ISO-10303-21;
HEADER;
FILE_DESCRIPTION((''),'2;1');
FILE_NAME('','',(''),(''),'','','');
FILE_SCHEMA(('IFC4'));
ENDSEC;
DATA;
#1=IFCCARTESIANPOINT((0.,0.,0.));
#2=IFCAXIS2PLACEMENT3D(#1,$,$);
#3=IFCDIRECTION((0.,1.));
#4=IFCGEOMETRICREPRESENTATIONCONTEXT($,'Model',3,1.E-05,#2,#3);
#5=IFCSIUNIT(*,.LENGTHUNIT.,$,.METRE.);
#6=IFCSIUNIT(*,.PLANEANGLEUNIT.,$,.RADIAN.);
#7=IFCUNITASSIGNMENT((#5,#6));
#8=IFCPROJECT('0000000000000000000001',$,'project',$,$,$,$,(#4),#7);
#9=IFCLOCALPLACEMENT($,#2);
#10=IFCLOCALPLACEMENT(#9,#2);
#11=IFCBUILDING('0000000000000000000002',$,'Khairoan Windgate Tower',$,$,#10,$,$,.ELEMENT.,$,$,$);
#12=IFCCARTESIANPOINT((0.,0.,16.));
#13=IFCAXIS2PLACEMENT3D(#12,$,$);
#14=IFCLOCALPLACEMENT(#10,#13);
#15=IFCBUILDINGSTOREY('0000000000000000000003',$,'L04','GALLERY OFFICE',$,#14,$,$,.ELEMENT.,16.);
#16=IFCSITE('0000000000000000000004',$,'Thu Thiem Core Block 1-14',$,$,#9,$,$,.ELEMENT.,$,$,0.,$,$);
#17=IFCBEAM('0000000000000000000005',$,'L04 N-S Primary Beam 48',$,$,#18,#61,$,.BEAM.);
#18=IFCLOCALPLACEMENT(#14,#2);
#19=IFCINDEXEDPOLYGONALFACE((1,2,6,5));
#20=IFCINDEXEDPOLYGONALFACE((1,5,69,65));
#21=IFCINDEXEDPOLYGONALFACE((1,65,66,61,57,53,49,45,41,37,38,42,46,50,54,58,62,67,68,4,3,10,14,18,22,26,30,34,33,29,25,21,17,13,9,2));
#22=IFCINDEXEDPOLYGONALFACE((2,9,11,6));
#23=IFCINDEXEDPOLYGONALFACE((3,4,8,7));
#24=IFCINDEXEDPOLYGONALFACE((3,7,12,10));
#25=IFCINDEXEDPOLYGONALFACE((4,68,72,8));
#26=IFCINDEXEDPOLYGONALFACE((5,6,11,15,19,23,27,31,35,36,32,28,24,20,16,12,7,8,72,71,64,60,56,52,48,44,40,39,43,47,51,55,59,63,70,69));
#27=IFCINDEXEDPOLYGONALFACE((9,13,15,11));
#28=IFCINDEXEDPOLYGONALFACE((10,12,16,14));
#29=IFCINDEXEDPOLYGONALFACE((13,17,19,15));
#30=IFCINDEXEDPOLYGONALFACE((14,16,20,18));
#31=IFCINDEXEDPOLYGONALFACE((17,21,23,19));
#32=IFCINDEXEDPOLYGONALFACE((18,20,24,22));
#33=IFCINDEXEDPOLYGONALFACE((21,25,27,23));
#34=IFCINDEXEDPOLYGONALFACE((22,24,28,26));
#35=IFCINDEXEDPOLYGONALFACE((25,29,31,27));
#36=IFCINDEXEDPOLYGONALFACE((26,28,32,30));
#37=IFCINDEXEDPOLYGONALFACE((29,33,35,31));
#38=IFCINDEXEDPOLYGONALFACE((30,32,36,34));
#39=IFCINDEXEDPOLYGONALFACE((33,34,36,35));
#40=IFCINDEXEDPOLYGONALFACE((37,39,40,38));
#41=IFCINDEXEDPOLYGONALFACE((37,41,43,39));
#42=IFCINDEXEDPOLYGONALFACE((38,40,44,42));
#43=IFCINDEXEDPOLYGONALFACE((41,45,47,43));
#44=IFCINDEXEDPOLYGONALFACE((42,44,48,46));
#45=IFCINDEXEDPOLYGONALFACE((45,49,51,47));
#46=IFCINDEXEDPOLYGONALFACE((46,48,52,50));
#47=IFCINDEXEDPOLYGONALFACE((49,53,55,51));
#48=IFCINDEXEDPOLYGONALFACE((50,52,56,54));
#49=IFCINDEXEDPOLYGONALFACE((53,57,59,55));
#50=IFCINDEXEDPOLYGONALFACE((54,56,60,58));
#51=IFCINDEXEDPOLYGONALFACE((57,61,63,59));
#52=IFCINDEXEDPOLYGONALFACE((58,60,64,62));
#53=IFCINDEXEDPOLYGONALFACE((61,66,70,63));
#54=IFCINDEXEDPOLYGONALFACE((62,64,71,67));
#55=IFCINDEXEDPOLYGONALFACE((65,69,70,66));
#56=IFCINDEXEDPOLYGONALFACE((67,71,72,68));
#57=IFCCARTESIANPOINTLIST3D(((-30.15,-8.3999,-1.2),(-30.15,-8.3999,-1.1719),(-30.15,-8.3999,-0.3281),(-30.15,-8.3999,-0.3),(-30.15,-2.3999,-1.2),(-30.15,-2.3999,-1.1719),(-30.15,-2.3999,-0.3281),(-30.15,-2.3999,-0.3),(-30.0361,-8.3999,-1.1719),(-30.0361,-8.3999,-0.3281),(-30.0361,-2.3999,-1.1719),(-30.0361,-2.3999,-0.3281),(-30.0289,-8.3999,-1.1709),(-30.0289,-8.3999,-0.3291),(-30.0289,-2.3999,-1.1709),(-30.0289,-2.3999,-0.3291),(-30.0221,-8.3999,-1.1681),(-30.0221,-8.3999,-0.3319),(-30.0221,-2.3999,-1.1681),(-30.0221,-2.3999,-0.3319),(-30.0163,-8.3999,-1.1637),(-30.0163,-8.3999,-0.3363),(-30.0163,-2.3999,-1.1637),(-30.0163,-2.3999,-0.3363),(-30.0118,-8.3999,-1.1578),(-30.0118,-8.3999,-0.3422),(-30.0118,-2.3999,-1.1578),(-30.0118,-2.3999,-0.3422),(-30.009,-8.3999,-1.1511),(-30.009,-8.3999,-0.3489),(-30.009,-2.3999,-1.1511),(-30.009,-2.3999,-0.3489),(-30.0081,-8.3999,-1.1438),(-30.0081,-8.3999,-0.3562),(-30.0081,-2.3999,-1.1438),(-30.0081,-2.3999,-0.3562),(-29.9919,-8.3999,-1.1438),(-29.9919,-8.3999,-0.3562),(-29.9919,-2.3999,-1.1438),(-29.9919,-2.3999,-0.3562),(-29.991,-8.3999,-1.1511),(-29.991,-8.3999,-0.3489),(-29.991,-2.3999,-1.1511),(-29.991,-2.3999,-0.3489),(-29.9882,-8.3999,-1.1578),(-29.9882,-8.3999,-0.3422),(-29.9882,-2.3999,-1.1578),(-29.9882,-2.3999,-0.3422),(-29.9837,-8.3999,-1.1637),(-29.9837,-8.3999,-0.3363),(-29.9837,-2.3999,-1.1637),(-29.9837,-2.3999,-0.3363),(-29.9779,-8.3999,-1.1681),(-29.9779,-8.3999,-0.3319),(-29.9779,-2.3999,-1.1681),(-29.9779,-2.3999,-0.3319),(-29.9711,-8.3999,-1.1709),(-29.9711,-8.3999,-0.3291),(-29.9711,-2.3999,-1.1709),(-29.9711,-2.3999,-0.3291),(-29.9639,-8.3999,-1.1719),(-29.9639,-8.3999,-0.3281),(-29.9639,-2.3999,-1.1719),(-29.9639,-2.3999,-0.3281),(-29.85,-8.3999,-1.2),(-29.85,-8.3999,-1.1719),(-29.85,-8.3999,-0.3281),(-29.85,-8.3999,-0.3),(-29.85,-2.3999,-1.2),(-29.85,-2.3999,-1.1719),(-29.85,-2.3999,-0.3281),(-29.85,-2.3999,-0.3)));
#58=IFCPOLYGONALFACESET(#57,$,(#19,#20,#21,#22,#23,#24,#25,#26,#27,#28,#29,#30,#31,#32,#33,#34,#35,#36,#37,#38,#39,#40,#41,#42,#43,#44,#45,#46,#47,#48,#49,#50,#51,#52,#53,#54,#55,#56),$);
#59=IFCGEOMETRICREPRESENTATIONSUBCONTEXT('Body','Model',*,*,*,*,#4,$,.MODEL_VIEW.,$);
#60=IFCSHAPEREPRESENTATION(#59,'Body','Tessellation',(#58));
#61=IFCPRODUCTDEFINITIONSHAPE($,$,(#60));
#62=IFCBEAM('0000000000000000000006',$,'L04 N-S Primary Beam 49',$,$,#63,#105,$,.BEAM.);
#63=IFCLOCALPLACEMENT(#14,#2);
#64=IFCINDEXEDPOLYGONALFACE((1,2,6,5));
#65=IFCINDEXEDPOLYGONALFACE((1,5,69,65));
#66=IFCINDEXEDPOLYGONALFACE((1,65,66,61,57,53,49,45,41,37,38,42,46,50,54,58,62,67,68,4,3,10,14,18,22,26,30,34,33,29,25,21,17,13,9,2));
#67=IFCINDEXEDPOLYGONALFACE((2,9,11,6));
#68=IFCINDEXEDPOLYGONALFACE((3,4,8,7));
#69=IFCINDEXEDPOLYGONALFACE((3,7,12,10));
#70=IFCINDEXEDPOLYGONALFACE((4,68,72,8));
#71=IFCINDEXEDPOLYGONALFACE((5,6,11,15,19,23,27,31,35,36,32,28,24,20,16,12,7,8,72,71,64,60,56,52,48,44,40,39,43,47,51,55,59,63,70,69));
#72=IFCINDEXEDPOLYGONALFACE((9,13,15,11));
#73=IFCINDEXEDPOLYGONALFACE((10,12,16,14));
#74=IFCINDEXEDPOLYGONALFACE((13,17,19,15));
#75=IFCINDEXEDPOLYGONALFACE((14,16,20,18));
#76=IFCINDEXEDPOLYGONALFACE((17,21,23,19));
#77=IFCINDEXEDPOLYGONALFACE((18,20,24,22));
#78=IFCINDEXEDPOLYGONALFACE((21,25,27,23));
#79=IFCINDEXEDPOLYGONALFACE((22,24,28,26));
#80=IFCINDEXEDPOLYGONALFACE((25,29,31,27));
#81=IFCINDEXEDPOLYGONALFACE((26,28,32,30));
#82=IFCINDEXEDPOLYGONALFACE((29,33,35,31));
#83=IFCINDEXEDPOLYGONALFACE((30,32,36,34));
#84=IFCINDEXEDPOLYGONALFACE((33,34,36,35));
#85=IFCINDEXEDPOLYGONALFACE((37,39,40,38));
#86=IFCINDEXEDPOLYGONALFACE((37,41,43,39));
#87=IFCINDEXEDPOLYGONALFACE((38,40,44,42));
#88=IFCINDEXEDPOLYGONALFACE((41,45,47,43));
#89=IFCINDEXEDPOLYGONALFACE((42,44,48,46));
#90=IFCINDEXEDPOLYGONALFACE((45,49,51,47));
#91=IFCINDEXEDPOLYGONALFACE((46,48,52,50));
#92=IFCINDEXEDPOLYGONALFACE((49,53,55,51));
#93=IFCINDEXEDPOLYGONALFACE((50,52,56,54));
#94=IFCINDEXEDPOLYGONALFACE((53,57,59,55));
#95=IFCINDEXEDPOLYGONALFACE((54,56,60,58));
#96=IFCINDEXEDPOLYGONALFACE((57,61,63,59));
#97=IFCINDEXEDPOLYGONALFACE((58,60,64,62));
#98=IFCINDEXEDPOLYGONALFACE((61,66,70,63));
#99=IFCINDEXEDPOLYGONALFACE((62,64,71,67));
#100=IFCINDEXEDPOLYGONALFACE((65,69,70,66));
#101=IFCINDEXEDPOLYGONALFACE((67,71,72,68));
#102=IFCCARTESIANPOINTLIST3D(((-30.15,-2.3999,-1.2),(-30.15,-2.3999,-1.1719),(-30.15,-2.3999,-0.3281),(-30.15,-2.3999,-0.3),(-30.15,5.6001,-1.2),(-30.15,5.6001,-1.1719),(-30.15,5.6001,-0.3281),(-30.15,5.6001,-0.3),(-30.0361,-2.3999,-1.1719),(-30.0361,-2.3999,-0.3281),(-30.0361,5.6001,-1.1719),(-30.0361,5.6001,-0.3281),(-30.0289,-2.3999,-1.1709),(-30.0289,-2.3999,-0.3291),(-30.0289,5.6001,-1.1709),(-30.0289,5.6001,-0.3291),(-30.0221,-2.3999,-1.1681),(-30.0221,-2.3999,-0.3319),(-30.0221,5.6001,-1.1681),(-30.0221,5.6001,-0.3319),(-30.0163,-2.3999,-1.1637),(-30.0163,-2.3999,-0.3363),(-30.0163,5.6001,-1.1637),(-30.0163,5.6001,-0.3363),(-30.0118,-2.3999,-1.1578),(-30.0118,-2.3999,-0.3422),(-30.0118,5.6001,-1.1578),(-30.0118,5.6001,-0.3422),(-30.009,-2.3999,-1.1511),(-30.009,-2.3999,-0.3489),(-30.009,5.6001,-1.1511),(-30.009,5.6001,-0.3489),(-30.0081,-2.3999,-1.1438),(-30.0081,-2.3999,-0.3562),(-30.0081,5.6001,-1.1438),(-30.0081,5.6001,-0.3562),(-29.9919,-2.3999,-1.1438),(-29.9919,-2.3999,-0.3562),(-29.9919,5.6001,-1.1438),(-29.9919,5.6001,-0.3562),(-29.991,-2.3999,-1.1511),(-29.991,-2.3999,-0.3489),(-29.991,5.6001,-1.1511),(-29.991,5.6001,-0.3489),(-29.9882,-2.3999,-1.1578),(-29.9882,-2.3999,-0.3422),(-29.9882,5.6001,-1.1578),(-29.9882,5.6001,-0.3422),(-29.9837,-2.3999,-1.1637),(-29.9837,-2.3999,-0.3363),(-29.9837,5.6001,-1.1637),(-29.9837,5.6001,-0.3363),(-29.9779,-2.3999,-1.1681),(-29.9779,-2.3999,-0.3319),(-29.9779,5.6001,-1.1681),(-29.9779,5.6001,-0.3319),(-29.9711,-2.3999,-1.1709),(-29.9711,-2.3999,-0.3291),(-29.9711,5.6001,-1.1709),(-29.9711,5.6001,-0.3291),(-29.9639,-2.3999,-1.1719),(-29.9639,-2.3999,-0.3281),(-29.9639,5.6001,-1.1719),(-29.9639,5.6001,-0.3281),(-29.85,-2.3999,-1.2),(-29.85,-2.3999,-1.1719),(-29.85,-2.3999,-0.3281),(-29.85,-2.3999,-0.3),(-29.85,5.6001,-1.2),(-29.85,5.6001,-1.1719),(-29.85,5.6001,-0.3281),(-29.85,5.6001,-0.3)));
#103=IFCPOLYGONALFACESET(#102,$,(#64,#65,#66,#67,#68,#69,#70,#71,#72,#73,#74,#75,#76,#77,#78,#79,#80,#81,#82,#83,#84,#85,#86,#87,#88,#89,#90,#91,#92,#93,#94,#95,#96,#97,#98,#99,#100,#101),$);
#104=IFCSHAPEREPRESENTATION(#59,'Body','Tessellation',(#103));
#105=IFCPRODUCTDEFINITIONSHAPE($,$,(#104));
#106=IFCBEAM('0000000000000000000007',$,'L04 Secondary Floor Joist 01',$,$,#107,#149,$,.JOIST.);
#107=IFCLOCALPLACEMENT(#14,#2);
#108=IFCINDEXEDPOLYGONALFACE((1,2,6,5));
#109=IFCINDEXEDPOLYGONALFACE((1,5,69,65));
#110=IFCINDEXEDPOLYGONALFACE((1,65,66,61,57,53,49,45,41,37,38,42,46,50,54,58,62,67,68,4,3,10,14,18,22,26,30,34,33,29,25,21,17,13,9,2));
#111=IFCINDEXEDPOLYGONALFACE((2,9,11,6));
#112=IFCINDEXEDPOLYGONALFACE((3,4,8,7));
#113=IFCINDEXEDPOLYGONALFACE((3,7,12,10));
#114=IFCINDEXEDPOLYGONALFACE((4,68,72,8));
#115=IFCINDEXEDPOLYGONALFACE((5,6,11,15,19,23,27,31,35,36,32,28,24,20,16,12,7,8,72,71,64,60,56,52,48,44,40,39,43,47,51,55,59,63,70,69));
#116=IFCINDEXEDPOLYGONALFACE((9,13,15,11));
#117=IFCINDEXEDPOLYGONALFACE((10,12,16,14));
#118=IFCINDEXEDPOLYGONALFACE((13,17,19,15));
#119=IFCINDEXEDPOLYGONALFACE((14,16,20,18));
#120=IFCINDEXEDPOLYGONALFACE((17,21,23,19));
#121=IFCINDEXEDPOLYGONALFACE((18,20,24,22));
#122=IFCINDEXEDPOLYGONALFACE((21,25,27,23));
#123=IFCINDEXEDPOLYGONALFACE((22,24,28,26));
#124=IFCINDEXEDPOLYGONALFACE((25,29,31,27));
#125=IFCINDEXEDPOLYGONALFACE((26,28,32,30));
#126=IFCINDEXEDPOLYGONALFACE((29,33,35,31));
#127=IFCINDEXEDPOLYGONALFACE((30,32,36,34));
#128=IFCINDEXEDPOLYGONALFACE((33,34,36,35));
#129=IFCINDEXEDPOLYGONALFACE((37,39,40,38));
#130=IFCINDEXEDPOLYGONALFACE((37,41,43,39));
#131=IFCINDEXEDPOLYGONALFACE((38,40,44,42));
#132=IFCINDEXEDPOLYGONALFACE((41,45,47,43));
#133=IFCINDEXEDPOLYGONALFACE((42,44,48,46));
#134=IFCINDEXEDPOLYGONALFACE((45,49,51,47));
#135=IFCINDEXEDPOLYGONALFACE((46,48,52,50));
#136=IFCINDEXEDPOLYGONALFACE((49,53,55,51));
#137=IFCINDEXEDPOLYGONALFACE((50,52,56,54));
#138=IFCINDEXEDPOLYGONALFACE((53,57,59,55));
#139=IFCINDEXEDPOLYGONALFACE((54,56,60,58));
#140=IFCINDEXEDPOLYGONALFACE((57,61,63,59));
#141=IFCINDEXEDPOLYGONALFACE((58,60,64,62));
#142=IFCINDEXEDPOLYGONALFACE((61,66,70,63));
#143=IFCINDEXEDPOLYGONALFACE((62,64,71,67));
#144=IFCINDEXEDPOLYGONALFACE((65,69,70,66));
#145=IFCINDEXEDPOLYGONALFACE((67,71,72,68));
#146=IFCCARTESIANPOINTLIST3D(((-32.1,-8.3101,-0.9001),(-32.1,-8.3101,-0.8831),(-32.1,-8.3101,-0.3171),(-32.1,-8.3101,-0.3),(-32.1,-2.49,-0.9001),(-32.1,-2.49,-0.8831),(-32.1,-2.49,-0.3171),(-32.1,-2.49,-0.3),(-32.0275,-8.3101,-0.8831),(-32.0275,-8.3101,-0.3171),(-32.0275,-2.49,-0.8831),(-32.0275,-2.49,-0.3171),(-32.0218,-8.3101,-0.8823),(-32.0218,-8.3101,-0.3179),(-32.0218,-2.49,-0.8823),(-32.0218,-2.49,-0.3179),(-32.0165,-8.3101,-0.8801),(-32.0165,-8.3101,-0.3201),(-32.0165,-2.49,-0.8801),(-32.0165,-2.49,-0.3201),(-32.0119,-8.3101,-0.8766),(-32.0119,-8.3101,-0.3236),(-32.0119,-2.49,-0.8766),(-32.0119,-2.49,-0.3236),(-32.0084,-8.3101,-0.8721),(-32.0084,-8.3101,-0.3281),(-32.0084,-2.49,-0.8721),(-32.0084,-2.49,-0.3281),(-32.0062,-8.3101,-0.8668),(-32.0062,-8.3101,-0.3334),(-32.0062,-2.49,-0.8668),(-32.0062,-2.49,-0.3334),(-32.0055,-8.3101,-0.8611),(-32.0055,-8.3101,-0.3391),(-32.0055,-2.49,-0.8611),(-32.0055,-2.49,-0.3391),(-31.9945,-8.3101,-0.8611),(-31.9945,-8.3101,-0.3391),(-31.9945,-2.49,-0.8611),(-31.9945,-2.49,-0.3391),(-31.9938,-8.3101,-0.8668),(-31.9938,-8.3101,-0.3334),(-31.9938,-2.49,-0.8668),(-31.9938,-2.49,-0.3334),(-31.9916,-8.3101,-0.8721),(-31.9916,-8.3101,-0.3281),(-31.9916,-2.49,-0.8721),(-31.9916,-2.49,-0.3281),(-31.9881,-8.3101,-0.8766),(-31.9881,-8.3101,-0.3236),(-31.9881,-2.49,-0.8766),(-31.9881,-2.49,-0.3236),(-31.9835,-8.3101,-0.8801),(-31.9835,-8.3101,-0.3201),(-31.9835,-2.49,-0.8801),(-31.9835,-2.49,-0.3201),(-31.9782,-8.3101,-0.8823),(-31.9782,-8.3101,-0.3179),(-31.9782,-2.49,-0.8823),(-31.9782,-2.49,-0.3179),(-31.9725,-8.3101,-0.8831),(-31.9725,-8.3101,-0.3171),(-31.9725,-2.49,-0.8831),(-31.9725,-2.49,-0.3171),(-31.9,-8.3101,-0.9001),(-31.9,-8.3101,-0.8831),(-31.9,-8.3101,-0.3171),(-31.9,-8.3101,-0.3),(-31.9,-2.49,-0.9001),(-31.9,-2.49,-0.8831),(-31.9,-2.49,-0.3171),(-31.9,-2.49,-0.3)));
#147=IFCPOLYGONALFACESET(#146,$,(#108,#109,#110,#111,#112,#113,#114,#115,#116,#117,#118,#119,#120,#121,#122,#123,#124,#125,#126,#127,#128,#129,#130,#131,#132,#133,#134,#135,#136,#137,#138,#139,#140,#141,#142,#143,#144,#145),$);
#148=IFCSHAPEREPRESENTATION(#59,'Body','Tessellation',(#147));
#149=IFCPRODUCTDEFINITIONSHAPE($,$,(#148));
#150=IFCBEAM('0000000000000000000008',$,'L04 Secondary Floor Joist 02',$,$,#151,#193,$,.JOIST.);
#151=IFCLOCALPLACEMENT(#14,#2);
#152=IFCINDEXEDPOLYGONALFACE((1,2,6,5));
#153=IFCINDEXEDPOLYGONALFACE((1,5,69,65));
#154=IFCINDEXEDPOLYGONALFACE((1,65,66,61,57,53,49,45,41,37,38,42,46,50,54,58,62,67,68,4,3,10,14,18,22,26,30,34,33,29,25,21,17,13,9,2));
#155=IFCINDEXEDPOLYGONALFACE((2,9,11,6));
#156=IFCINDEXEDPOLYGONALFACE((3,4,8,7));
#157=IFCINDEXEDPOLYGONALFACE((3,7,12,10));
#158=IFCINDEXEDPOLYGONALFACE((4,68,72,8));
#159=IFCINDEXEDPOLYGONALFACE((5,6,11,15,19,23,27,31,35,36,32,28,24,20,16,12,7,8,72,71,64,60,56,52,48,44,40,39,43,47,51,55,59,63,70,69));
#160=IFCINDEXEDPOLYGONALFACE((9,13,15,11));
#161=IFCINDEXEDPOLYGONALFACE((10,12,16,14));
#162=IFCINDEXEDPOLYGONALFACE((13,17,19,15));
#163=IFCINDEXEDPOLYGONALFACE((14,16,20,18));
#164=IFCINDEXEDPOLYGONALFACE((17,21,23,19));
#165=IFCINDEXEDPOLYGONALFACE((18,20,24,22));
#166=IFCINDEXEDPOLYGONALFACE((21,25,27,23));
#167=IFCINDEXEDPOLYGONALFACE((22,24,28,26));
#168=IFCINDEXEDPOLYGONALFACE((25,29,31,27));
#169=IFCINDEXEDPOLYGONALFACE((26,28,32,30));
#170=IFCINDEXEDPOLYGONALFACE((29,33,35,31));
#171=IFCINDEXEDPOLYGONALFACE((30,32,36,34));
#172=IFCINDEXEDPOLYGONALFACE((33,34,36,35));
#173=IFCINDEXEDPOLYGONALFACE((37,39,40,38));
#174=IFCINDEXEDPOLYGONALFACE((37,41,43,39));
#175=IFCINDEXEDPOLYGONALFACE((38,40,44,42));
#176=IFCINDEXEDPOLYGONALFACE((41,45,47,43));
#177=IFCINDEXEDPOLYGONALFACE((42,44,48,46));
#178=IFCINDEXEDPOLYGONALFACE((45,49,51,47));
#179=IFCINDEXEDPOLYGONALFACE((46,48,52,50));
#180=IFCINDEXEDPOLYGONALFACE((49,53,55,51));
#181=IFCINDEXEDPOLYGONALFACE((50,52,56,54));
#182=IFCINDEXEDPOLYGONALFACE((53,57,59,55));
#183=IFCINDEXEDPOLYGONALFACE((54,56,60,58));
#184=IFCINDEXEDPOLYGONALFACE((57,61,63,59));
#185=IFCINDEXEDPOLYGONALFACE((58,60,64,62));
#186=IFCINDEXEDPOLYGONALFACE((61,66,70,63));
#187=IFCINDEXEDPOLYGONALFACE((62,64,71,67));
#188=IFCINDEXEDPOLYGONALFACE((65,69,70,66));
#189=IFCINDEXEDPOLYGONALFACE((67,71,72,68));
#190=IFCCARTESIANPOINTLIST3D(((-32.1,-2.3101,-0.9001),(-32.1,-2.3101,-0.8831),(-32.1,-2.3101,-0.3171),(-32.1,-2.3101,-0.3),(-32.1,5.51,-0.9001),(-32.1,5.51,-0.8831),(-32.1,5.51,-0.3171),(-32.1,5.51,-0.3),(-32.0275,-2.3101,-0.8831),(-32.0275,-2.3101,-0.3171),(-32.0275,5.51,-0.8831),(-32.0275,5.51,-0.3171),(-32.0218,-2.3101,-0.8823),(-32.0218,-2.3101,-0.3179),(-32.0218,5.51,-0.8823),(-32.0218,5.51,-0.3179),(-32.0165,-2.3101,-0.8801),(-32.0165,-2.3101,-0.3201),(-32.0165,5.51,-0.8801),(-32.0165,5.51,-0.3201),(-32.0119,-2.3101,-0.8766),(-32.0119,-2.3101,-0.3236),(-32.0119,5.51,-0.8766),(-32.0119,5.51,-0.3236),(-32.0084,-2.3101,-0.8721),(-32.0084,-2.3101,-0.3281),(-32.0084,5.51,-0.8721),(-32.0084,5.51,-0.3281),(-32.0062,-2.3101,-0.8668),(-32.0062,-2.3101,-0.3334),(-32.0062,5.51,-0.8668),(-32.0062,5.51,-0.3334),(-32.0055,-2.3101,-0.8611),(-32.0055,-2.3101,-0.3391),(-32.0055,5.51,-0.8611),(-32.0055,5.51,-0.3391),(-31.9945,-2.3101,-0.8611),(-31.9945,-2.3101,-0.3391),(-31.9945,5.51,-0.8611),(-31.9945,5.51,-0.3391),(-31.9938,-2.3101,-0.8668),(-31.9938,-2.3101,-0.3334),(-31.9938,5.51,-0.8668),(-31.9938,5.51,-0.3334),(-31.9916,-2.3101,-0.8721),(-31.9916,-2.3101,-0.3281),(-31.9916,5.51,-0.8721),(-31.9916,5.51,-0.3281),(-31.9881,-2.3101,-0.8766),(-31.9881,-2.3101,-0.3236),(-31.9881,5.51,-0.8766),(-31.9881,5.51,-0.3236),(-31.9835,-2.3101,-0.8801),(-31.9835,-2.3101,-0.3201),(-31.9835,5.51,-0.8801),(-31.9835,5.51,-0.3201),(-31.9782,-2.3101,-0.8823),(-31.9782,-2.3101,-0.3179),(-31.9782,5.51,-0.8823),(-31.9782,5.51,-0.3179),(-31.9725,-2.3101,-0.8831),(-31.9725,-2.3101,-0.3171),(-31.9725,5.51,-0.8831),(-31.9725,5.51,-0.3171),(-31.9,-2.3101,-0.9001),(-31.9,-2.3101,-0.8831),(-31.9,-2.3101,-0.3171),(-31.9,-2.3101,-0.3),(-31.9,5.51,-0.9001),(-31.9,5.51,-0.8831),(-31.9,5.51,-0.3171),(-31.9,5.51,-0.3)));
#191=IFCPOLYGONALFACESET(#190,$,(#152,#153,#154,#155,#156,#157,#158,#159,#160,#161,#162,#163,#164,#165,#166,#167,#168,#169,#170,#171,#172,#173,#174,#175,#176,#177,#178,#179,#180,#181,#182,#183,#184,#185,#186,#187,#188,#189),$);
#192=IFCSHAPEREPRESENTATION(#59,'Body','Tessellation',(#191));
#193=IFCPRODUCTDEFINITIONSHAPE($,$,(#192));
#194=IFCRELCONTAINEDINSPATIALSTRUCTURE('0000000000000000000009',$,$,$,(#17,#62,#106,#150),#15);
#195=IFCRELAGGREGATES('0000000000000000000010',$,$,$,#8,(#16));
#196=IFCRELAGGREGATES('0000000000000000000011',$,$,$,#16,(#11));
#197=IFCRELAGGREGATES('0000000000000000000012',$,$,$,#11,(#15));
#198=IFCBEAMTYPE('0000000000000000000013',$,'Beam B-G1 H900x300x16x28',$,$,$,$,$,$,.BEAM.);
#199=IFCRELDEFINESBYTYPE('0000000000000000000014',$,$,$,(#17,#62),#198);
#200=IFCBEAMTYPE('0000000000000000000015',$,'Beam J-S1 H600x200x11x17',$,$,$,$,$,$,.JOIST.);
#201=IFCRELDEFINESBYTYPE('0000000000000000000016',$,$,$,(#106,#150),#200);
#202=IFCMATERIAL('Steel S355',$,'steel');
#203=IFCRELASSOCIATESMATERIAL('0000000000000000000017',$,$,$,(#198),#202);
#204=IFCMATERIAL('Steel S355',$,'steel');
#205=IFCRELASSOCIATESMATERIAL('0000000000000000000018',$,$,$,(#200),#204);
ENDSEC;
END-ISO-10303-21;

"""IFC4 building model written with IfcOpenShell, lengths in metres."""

from ifc_helpers import new_model, si_unit, direction, frame, origin, origin_2d, place, context, subcontext, project, spatial, i_section, extrude, material, material_profile, profile_set, type_object, element, save


model = new_model("IFC4")

# Units and contexts
model_context = context("Model", 3, precision=1e-05, world=origin(), true_north=direction((0.0, 1.0)))
body_context = subcontext(model_context, "Body", "Model", "MODEL_VIEW")
ifc_project = project(units=[si_unit("LENGTHUNIT", "METRE"), si_unit("PLANEANGLEUNIT", "RADIAN")], contexts=[model_context])

# Site, building, storey
site_placement = place(None, origin())
site = spatial("IfcSite", under=ifc_project, at=site_placement, Name="Thu Thiem Core Block 1-14", CompositionType="ELEMENT", RefElevation=0.0)
building_placement = place(site_placement, origin())
building = spatial("IfcBuilding", under=site, at=building_placement, Name="Khairoan Windgate Tower", CompositionType="ELEMENT")
storey_placement = place(building_placement, frame((0.0, 0.0, 16.0)))
storey = spatial("IfcBuildingStorey", under=building, at=storey_placement, Name="L04", Description="GALLERY OFFICE", CompositionType="ELEMENT", Elevation=16.0)

# Beams
ifc_material_1 = material(Name="Steel S355", Category="steel")
ifc_material_profile_1 = material_profile(ifc_material_1, i_section(OverallWidth=0.3, OverallDepth=0.8999, WebThickness=0.0161, FlangeThickness=0.0281, FilletRadius=0.0281, at=origin_2d()))
ifc_profile_set_1 = profile_set([ifc_material_profile_1], Name="Steel S355")
beam_type_1 = type_object("IfcBeamType", Name="Beam B-G1 H900x300x16x28", PredefinedType="BEAM", material=ifc_profile_set_1)
beam_1_placement = place(storey_placement, frame((-30.0, -8.3999, -0.75), z_axis=(0.0, 1.0, 0.0), x_axis=(-1.0, 0.0, 0.0)))
element("IfcBeam", 1, at=beam_1_placement, inside=storey, type_object=beam_type_1, Name="L04 N-S Primary Beam 48", PredefinedType="BEAM", context=body_context, shape_type="SweptSolid", body=[
    extrude(i_section(OverallWidth=0.3, OverallDepth=0.8999, WebThickness=0.0161, FlangeThickness=0.0281, FilletRadius=0.0281, at=origin_2d()), origin(), (0.0, 0.0, 1.0), 6.0),
])
beam_2_placement = place(storey_placement, frame((-30.0, -2.3999, -0.75), z_axis=(0.0, 1.0, 0.0), x_axis=(-1.0, 0.0, 0.0)))
element("IfcBeam", 2, at=beam_2_placement, inside=storey, type_object=beam_type_1, Name="L04 N-S Primary Beam 49", PredefinedType="BEAM", context=body_context, shape_type="SweptSolid", body=[
    extrude(i_section(OverallWidth=0.3, OverallDepth=0.8999, WebThickness=0.0161, FlangeThickness=0.0281, FilletRadius=0.0281, at=origin_2d()), origin(), (0.0, 0.0, 1.0), 8.0),
])
ifc_material_2 = material(Name="Steel S355", Category="steel")
ifc_material_profile_2 = material_profile(ifc_material_2, i_section(OverallWidth=0.2, OverallDepth=0.6001, WebThickness=0.011, FlangeThickness=0.0171, FilletRadius=0.022, at=origin_2d()))
ifc_profile_set_2 = profile_set([ifc_material_profile_2], Name="Steel S355")
beam_type_2 = type_object("IfcBeamType", Name="Beam J-S1 H600x200x11x17", PredefinedType="JOIST", material=ifc_profile_set_2)
beam_3_placement = place(storey_placement, frame((-32.0, -8.3101, -0.6001), z_axis=(0.0, 1.0, 0.0), x_axis=(-1.0, 0.0, 0.0)))
element("IfcBeam", 3, at=beam_3_placement, inside=storey, type_object=beam_type_2, Name="L04 Secondary Floor Joist 01", PredefinedType="JOIST", context=body_context, shape_type="SweptSolid", body=[
    extrude(i_section(OverallWidth=0.2, OverallDepth=0.6001, WebThickness=0.011, FlangeThickness=0.0171, FilletRadius=0.022, at=origin_2d()), origin(), (0.0, 0.0, 1.0), 5.8201),
])
beam_4_placement = place(storey_placement, frame((-32.0, -2.3101, -0.6001), z_axis=(0.0, 1.0, 0.0), x_axis=(-1.0, 0.0, 0.0)))
element("IfcBeam", 4, at=beam_4_placement, inside=storey, type_object=beam_type_2, Name="L04 Secondary Floor Joist 02", PredefinedType="JOIST", context=body_context, shape_type="SweptSolid", body=[
    extrude(i_section(OverallWidth=0.2, OverallDepth=0.6001, WebThickness=0.011, FlangeThickness=0.0171, FilletRadius=0.022, at=origin_2d()), origin(), (0.0, 0.0, 1.0), 7.8201),
])

save(model, "model.ifc")
